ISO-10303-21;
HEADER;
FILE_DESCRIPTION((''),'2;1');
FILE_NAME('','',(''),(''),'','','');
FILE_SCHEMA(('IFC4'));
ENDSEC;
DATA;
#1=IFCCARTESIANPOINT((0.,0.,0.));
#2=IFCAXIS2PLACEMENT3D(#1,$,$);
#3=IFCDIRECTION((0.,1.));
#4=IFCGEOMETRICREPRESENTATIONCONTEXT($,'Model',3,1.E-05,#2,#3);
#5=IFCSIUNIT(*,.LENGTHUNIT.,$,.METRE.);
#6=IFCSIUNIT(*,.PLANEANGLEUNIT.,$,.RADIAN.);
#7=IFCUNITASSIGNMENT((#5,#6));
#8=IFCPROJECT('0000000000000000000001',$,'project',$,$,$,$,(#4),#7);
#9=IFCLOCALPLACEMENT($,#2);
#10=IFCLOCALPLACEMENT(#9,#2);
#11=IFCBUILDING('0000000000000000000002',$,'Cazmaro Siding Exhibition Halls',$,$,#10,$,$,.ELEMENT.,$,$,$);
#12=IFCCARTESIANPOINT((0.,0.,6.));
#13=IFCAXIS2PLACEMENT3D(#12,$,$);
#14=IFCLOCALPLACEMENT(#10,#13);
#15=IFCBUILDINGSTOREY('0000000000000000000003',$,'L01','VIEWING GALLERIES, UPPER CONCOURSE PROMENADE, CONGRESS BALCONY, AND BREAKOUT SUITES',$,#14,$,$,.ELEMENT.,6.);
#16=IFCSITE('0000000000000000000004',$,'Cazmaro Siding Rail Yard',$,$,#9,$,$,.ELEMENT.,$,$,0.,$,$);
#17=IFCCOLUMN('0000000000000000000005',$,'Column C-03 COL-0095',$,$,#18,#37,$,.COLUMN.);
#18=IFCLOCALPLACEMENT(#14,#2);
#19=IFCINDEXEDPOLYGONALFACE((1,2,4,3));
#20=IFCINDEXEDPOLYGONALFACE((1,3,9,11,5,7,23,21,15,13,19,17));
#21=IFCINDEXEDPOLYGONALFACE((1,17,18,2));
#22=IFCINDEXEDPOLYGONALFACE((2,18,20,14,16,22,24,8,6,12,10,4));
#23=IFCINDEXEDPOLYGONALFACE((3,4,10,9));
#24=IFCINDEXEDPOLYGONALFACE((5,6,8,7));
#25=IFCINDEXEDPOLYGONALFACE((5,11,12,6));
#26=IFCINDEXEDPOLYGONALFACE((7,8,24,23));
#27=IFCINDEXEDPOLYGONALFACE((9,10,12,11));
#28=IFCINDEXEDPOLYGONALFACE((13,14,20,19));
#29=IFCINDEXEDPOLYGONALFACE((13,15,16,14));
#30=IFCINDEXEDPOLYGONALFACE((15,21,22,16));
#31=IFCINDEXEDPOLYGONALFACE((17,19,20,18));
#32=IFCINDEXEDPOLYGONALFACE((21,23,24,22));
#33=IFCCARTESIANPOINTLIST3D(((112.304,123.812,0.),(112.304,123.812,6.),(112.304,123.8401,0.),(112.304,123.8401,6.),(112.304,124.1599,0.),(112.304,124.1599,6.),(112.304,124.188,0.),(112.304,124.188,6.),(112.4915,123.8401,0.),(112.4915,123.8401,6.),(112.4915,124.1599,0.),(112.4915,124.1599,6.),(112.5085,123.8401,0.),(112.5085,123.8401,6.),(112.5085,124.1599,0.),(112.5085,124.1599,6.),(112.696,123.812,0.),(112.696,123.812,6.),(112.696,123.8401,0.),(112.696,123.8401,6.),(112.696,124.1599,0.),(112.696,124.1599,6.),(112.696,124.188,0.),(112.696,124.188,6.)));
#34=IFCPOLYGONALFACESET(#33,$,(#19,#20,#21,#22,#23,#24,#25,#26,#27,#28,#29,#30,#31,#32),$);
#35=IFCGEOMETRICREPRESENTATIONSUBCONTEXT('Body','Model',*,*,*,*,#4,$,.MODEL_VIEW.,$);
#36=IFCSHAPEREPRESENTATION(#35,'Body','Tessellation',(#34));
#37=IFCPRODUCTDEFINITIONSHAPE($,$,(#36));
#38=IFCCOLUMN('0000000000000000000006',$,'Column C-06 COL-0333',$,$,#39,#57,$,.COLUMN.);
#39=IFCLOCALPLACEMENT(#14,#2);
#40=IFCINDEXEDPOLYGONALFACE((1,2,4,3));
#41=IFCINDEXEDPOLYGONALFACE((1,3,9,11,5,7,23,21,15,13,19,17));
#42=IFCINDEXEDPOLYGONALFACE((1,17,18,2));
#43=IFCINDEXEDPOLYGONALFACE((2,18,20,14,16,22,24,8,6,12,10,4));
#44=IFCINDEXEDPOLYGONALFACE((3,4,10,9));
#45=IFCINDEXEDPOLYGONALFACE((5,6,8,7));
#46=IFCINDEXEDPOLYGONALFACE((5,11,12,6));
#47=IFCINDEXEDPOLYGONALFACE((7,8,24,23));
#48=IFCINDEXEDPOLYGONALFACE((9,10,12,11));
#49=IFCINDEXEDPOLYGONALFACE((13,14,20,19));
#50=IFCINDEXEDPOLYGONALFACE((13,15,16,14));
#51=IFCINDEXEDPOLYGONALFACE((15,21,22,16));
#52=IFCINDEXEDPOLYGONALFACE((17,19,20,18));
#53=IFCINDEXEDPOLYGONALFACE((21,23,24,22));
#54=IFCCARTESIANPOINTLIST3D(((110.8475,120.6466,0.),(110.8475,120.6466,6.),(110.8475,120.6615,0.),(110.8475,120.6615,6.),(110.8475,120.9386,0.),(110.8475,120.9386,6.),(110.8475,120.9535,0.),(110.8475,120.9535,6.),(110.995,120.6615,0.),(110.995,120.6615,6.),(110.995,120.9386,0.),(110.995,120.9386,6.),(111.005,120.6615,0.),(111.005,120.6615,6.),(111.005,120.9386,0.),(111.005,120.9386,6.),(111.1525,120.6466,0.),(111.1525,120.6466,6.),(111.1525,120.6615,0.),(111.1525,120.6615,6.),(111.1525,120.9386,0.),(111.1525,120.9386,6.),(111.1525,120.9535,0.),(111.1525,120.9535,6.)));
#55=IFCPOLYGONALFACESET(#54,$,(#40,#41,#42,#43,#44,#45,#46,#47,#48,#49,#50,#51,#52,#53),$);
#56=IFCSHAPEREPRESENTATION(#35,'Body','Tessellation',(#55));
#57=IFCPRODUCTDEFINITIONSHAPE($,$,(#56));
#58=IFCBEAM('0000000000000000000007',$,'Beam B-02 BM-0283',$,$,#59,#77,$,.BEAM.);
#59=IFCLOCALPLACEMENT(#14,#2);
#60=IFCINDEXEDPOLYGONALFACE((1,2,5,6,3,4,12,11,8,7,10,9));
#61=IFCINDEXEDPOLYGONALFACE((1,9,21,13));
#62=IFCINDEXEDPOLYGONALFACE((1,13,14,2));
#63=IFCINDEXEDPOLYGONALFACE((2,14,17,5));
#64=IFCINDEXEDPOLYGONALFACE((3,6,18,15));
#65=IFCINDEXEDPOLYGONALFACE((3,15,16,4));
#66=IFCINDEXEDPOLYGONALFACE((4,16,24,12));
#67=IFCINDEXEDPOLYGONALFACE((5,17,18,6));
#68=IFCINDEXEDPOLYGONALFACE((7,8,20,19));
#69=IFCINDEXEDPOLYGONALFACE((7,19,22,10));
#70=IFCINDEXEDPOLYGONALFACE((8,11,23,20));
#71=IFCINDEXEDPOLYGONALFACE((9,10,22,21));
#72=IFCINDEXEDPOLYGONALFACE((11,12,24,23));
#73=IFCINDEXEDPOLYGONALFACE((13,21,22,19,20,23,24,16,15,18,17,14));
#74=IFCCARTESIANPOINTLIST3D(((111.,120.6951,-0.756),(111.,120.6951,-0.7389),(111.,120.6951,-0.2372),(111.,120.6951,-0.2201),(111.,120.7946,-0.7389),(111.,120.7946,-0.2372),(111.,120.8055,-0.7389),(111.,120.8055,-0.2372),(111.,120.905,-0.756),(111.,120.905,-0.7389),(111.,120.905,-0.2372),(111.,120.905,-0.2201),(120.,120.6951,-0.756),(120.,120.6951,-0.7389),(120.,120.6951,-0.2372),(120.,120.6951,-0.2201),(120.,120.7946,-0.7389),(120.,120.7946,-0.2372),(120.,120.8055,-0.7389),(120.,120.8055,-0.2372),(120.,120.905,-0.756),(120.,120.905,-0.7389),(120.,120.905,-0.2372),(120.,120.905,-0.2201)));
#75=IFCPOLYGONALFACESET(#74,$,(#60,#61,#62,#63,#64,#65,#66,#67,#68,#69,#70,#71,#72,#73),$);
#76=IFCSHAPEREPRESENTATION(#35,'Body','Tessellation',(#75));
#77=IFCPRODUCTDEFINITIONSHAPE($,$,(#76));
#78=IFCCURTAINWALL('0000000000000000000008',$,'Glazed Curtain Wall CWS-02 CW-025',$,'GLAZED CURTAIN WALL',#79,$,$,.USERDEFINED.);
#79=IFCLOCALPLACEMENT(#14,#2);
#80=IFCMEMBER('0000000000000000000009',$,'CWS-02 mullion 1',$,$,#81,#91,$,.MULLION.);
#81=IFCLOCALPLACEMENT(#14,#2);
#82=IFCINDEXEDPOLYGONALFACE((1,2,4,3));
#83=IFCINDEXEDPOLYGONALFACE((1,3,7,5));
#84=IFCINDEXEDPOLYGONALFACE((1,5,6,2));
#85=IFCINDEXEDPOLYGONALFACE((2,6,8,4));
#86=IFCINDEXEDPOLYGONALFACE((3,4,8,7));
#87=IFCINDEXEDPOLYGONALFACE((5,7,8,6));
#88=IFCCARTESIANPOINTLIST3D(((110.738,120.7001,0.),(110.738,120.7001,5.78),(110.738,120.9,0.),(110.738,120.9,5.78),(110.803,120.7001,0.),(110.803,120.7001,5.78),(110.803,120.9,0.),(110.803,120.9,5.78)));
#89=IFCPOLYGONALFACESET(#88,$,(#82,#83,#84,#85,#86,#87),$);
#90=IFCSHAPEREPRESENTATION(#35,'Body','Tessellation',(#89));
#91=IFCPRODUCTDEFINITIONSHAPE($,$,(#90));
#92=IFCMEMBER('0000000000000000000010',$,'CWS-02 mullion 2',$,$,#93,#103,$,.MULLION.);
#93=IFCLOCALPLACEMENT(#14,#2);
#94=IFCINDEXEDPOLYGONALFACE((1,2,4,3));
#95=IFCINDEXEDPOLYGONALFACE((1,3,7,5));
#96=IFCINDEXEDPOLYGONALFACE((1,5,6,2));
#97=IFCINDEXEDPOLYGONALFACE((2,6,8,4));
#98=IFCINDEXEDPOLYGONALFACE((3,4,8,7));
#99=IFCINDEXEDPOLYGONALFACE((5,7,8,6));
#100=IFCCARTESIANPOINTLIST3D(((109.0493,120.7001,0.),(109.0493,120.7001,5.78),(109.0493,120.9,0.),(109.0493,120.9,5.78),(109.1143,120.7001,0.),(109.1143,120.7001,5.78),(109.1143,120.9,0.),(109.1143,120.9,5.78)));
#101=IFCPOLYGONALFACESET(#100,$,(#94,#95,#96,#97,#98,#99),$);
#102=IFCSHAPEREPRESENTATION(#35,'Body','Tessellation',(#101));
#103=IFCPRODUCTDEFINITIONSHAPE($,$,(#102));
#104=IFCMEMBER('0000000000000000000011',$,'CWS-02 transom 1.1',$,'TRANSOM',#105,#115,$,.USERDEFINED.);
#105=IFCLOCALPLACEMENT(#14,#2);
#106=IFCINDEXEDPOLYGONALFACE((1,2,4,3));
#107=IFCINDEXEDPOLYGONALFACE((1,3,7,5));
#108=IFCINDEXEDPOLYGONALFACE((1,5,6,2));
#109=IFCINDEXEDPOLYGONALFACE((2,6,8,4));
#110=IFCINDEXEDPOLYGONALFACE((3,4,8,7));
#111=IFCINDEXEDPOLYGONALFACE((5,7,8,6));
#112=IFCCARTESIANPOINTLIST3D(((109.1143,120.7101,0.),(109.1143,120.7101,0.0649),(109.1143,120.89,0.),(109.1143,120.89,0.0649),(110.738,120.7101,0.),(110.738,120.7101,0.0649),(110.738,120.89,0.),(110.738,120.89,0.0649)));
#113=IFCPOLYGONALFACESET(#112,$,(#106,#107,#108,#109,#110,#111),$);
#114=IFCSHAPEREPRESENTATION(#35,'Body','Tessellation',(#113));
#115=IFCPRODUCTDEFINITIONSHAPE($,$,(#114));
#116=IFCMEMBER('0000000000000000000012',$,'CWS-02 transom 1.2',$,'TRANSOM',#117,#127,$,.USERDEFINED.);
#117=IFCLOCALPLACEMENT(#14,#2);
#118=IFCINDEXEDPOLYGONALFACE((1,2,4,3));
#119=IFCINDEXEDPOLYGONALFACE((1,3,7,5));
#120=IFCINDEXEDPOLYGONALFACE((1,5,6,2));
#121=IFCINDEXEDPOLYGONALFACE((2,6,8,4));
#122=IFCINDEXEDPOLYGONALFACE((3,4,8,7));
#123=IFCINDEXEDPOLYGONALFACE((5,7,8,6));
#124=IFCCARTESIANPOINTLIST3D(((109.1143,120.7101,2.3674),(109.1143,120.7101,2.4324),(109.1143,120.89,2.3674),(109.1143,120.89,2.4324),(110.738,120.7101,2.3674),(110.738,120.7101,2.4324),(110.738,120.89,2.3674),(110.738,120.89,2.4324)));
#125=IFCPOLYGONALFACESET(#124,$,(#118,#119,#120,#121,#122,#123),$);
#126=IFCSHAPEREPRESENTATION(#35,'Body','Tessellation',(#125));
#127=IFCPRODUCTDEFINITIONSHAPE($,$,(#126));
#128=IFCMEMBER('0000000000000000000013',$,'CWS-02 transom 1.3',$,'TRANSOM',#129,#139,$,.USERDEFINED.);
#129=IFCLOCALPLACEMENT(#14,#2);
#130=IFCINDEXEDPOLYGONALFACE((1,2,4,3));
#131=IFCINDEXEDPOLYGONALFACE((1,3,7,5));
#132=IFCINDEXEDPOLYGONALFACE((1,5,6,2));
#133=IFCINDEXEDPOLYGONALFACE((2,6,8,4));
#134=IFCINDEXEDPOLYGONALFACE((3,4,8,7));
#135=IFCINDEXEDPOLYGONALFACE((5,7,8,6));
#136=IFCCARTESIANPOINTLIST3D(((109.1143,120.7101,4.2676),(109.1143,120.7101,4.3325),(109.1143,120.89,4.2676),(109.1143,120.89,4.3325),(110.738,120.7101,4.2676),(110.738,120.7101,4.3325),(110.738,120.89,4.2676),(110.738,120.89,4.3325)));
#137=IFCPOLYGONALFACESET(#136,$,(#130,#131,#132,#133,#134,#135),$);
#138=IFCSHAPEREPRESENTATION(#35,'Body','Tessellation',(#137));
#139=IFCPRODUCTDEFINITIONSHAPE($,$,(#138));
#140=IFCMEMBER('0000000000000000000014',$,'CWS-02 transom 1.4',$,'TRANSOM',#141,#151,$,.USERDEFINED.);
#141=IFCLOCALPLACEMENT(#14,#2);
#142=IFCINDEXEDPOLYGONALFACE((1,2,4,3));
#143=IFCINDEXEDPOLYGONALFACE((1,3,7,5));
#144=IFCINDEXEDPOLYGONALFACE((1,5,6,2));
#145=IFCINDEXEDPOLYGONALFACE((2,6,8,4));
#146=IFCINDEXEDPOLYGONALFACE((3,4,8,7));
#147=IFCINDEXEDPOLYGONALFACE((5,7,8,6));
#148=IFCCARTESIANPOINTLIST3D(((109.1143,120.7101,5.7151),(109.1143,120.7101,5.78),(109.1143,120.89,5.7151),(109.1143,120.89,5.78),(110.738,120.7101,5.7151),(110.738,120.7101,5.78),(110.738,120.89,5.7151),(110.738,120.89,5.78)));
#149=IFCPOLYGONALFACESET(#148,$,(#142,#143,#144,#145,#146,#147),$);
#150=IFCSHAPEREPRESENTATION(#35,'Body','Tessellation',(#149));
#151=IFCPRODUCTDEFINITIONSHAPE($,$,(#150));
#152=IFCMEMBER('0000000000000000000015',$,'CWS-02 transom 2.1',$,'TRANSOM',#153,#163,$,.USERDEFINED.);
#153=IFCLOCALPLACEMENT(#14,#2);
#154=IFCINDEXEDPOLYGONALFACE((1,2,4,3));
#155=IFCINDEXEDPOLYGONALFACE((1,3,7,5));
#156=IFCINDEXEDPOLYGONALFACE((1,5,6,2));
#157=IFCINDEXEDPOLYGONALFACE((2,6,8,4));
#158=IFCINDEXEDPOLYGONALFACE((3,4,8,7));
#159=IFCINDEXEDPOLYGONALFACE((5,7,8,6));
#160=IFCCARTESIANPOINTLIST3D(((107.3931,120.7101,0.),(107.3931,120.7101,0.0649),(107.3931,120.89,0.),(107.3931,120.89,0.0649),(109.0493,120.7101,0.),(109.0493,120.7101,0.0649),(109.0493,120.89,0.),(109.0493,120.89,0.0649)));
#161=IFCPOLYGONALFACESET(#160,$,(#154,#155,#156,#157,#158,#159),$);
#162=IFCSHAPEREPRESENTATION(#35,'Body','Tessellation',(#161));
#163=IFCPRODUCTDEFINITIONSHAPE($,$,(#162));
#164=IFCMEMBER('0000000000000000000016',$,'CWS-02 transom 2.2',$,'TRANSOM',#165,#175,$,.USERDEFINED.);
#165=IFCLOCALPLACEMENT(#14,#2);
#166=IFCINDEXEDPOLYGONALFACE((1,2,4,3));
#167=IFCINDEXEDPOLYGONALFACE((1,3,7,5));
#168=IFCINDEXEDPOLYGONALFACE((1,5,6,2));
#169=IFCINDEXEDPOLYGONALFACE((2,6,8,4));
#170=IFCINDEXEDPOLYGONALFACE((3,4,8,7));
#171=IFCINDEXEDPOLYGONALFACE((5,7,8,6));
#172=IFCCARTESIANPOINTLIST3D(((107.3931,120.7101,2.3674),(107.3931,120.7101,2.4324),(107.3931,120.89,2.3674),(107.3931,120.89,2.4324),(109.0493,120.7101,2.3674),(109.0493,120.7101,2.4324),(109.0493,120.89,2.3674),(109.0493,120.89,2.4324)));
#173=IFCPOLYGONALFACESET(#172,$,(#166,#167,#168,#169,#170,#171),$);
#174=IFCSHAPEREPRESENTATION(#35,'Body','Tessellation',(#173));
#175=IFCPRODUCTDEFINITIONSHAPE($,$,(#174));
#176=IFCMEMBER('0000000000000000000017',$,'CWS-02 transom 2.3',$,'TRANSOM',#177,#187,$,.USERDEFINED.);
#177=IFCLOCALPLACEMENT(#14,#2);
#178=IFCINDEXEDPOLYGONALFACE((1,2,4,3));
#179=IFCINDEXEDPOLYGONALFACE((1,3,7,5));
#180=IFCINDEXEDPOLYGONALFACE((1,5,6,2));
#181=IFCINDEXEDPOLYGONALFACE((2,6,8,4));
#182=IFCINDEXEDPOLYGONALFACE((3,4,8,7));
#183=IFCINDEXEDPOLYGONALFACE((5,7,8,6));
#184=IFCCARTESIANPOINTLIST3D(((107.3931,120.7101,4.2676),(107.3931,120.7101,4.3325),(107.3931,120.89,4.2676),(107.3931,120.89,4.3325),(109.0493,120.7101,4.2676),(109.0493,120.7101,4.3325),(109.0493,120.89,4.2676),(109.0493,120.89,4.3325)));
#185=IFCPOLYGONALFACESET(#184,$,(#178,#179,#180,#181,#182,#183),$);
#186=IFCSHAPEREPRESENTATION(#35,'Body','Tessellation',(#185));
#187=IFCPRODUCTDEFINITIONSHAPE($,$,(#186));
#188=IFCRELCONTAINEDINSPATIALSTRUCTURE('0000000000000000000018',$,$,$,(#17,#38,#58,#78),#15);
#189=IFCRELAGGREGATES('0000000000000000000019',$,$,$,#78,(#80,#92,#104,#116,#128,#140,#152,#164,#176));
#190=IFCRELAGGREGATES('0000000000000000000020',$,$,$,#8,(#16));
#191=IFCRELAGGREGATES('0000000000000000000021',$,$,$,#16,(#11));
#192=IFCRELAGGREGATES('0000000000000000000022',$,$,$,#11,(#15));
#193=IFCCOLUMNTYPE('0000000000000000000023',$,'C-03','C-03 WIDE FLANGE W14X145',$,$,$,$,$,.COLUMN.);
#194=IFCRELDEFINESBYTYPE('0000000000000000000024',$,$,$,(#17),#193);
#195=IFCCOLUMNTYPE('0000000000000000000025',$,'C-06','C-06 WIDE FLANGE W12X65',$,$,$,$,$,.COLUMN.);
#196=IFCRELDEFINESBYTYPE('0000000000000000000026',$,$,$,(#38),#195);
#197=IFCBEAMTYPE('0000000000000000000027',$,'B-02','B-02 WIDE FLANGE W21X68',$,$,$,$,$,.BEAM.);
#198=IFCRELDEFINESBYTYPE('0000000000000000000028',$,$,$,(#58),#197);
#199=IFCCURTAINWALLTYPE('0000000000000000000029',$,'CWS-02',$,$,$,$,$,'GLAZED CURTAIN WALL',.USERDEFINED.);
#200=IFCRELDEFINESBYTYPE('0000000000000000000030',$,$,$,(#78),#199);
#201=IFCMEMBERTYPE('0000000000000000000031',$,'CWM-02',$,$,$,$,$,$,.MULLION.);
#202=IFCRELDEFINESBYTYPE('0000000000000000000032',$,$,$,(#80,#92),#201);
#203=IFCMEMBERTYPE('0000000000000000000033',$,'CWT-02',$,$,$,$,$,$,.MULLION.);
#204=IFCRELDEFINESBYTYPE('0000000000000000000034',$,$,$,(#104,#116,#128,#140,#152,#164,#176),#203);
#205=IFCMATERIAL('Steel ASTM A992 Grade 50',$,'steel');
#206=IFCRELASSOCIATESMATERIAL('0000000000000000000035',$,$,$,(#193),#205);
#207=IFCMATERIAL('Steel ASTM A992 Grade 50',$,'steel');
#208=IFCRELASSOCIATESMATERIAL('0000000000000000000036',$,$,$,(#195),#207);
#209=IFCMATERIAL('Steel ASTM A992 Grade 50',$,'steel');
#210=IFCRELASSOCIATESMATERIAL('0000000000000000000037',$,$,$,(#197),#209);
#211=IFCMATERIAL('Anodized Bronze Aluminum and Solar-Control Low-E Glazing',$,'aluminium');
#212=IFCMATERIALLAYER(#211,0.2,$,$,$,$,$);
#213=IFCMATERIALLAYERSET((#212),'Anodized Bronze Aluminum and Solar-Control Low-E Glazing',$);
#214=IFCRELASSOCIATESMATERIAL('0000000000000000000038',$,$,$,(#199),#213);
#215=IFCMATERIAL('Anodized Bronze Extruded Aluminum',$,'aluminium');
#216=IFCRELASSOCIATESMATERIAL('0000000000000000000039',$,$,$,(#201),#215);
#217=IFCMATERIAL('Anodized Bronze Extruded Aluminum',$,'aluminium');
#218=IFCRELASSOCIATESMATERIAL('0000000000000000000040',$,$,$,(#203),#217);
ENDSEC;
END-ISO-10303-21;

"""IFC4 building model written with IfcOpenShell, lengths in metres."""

from ifc_helpers import new_model, si_unit, direction, frame, origin, origin_2d, place, context, subcontext, project, spatial, rectangle, i_section, extrude, material, layer, layer_set, material_profile, profile_set, type_object, element, aggregate, save


model = new_model("IFC4")

# Units and contexts
model_context = context("Model", 3, precision=1e-05, world=origin(), true_north=direction((0.0, 1.0)))
body_context = subcontext(model_context, "Body", "Model", "MODEL_VIEW")
ifc_project = project(units=[si_unit("LENGTHUNIT", "METRE"), si_unit("PLANEANGLEUNIT", "RADIAN")], contexts=[model_context])

# Site, building, storey
site_placement = place(None, origin())
site = spatial("IfcSite", under=ifc_project, at=site_placement, Name="Cazmaro Siding Rail Yard", CompositionType="ELEMENT", RefElevation=0.0)
building_placement = place(site_placement, origin())
building = spatial("IfcBuilding", under=site, at=building_placement, Name="Cazmaro Siding Exhibition Halls", CompositionType="ELEMENT")
storey_placement = place(building_placement, frame((0.0, 0.0, 6.0)))
storey = spatial("IfcBuildingStorey", under=building, at=storey_placement, Name="L01", Description="VIEWING GALLERIES, UPPER CONCOURSE PROMENADE, CONGRESS BALCONY, AND BREAKOUT SUITES", CompositionType="ELEMENT", Elevation=6.0)

# Columns
ifc_material_1 = material(Name="Steel ASTM A992 Grade 50", Category="steel")
ifc_material_profile_1 = material_profile(ifc_material_1, i_section(OverallWidth=0.3921, OverallDepth=0.376, WebThickness=0.0171, FlangeThickness=0.0281, at=origin_2d()), Name="W14X145")
ifc_profile_set_1 = profile_set([ifc_material_profile_1], Name="Steel ASTM A992 Grade 50")
column_type_1 = type_object("IfcColumnType", Name="C-03", Description="C-03 WIDE FLANGE W14X145", PredefinedType="COLUMN", material=ifc_profile_set_1)
column_1_placement = place(storey_placement, frame((112.5, 124.0, 0.0), z_axis=(0.0, 0.0, 1.0), x_axis=(1.0, 0.0, 0.0)))
element("IfcColumn", 1, at=column_1_placement, inside=storey, type_object=column_type_1, Name="Column C-03 COL-0095", PredefinedType="COLUMN", context=body_context, shape_type="SweptSolid", body=[
    extrude(i_section(OverallWidth=0.3921, OverallDepth=0.376, WebThickness=0.0171, FlangeThickness=0.0281, at=origin_2d()), origin(), (0.0, 0.0, 1.0), 6.0),
])
ifc_material_2 = material(Name="Steel ASTM A992 Grade 50", Category="steel")
ifc_material_profile_2 = material_profile(ifc_material_2, i_section(OverallWidth=0.3049, OverallDepth=0.3069, WebThickness=0.01, FlangeThickness=0.0149, at=origin_2d()), Name="W12X65")
ifc_profile_set_2 = profile_set([ifc_material_profile_2], Name="Steel ASTM A992 Grade 50")
column_type_2 = type_object("IfcColumnType", Name="C-06", Description="C-06 WIDE FLANGE W12X65", PredefinedType="COLUMN", material=ifc_profile_set_2)
column_2_placement = place(storey_placement, frame((111.0, 120.8, 0.0), z_axis=(0.0, 0.0, 1.0), x_axis=(1.0, 0.0, 0.0)))
element("IfcColumn", 2, at=column_2_placement, inside=storey, type_object=column_type_2, Name="Column C-06 COL-0333", PredefinedType="COLUMN", context=body_context, shape_type="SweptSolid", body=[
    extrude(i_section(OverallWidth=0.3049, OverallDepth=0.3069, WebThickness=0.01, FlangeThickness=0.0149, at=origin_2d()), origin(), (0.0, 0.0, 1.0), 6.0),
])

# Beam
ifc_material_3 = material(Name="Steel ASTM A992 Grade 50", Category="steel")
ifc_material_profile_3 = material_profile(ifc_material_3, i_section(OverallWidth=0.21, OverallDepth=0.5359, WebThickness=0.011, FlangeThickness=0.0171, at=origin_2d()), Name="W21X68")
ifc_profile_set_3 = profile_set([ifc_material_profile_3], Name="Steel ASTM A992 Grade 50")
beam_type_1 = type_object("IfcBeamType", Name="B-02", Description="B-02 WIDE FLANGE W21X68", PredefinedType="BEAM", material=ifc_profile_set_3)
beam_placement = place(storey_placement, frame((111.0, 120.8, -0.488), z_axis=(1.0, 0.0, 0.0), x_axis=(0.0, 1.0, 0.0)))
element("IfcBeam", 3, at=beam_placement, inside=storey, type_object=beam_type_1, Name="Beam B-02 BM-0283", PredefinedType="BEAM", context=body_context, shape_type="SweptSolid", body=[
    extrude(i_section(OverallWidth=0.21, OverallDepth=0.5359, WebThickness=0.011, FlangeThickness=0.0171, at=origin_2d()), origin(), (0.0, 0.0, 1.0), 9.0),
])

# Curtain wall, members
ifc_material_4 = material(Name="Anodized Bronze Aluminum and Solar-Control Low-E Glazing", Category="aluminium")
ifc_layer_1 = layer(ifc_material_4, 0.2)
ifc_layer_set_1 = layer_set([ifc_layer_1], Name="Anodized Bronze Aluminum and Solar-Control Low-E Glazing")
curtain_wall_type = type_object("IfcCurtainWallType", Name="CWS-02", ElementType="GLAZED CURTAIN WALL", PredefinedType="USERDEFINED", material=ifc_layer_set_1)
curtain_wall_placement = place(storey_placement, origin())
curtain_wall = element("IfcCurtainWall", 4, at=curtain_wall_placement, inside=storey, type_object=curtain_wall_type, Name="Glazed Curtain Wall CWS-02 CW-025", ObjectType="GLAZED CURTAIN WALL", PredefinedType="USERDEFINED")
ifc_material_5 = material(Name="Anodized Bronze Extruded Aluminum", Category="aluminium")
ifc_material_profile_4 = material_profile(ifc_material_5, rectangle(XDim=0.2, YDim=0.0649, at=origin_2d()), Name="CWM-02")
ifc_profile_set_4 = profile_set([ifc_material_profile_4], Name="Anodized Bronze Extruded Aluminum")
member_type_1 = type_object("IfcMemberType", Name="CWM-02", PredefinedType="MULLION", material=ifc_profile_set_4)
member_1_placement = place(storey_placement, frame((110.7705, 120.8, 0.0), z_axis=(0.0, 0.0, 1.0), x_axis=(0.0, -1.0, 0.0)))
member_1 = element("IfcMember", 5, at=member_1_placement, type_object=member_type_1, Name="CWS-02 mullion 1", PredefinedType="MULLION", context=body_context, shape_type="SweptSolid", body=[
    extrude(rectangle(XDim=0.2, YDim=0.0649, at=origin_2d()), origin(), (0.0, 0.0, 1.0), 5.78),
])
member_2_placement = place(storey_placement, frame((109.0818, 120.8, 0.0), z_axis=(0.0, 0.0, 1.0), x_axis=(0.0, -1.0, 0.0)))
member_2 = element("IfcMember", 6, at=member_2_placement, type_object=member_type_1, Name="CWS-02 mullion 2", PredefinedType="MULLION", context=body_context, shape_type="SweptSolid", body=[
    extrude(rectangle(XDim=0.2, YDim=0.0649, at=origin_2d()), origin(), (0.0, 0.0, 1.0), 5.78),
])
ifc_material_6 = material(Name="Anodized Bronze Extruded Aluminum", Category="aluminium")
ifc_material_profile_5 = material_profile(ifc_material_6, rectangle(XDim=0.1799, YDim=0.0649, at=origin_2d()), Name="CWT-02")
ifc_profile_set_5 = profile_set([ifc_material_profile_5], Name="Anodized Bronze Extruded Aluminum")
member_type_2 = type_object("IfcMemberType", Name="CWT-02", PredefinedType="MULLION", material=ifc_profile_set_5)
member_3_placement = place(storey_placement, frame((110.738, 120.8, 0.0325), z_axis=(-1.0, 0.0, 0.0), x_axis=(0.0, -1.0, 0.0)))
member_3 = element("IfcMember", 7, at=member_3_placement, type_object=member_type_2, Name="CWS-02 transom 1.1", ObjectType="TRANSOM", PredefinedType="USERDEFINED", context=body_context, shape_type="SweptSolid", body=[
    extrude(rectangle(XDim=0.1799, YDim=0.0649, at=origin_2d()), origin(), (0.0, 0.0, 1.0), 1.6238),
])
member_4_placement = place(storey_placement, frame((110.738, 120.8, 2.3999), z_axis=(-1.0, 0.0, 0.0), x_axis=(0.0, -1.0, 0.0)))
member_4 = element("IfcMember", 8, at=member_4_placement, type_object=member_type_2, Name="CWS-02 transom 1.2", ObjectType="TRANSOM", PredefinedType="USERDEFINED", context=body_context, shape_type="SweptSolid", body=[
    extrude(rectangle(XDim=0.1799, YDim=0.0649, at=origin_2d()), origin(), (0.0, 0.0, 1.0), 1.6238),
])
member_5_placement = place(storey_placement, frame((110.738, 120.8, 4.3), z_axis=(-1.0, 0.0, 0.0), x_axis=(0.0, -1.0, 0.0)))
member_5 = element("IfcMember", 9, at=member_5_placement, type_object=member_type_2, Name="CWS-02 transom 1.3", ObjectType="TRANSOM", PredefinedType="USERDEFINED", context=body_context, shape_type="SweptSolid", body=[
    extrude(rectangle(XDim=0.1799, YDim=0.0649, at=origin_2d()), origin(), (0.0, 0.0, 1.0), 1.6238),
])
member_6_placement = place(storey_placement, frame((110.738, 120.8, 5.7476), z_axis=(-1.0, 0.0, 0.0), x_axis=(0.0, -1.0, 0.0)))
member_6 = element("IfcMember", 10, at=member_6_placement, type_object=member_type_2, Name="CWS-02 transom 1.4", ObjectType="TRANSOM", PredefinedType="USERDEFINED", context=body_context, shape_type="SweptSolid", body=[
    extrude(rectangle(XDim=0.1799, YDim=0.0649, at=origin_2d()), origin(), (0.0, 0.0, 1.0), 1.6238),
])
member_7_placement = place(storey_placement, frame((109.0493, 120.8, 0.0325), z_axis=(-1.0, 0.0, 0.0), x_axis=(0.0, -1.0, 0.0)))
member_7 = element("IfcMember", 11, at=member_7_placement, type_object=member_type_2, Name="CWS-02 transom 2.1", ObjectType="TRANSOM", PredefinedType="USERDEFINED", context=body_context, shape_type="SweptSolid", body=[
    extrude(rectangle(XDim=0.1799, YDim=0.0649, at=origin_2d()), origin(), (0.0, 0.0, 1.0), 1.6562),
])
member_8_placement = place(storey_placement, frame((109.0493, 120.8, 2.3999), z_axis=(-1.0, 0.0, 0.0), x_axis=(0.0, -1.0, 0.0)))
member_8 = element("IfcMember", 12, at=member_8_placement, type_object=member_type_2, Name="CWS-02 transom 2.2", ObjectType="TRANSOM", PredefinedType="USERDEFINED", context=body_context, shape_type="SweptSolid", body=[
    extrude(rectangle(XDim=0.1799, YDim=0.0649, at=origin_2d()), origin(), (0.0, 0.0, 1.0), 1.6562),
])
member_9_placement = place(storey_placement, frame((109.0493, 120.8, 4.3), z_axis=(-1.0, 0.0, 0.0), x_axis=(0.0, -1.0, 0.0)))
member_9 = element("IfcMember", 13, at=member_9_placement, type_object=member_type_2, Name="CWS-02 transom 2.3", ObjectType="TRANSOM", PredefinedType="USERDEFINED", context=body_context, shape_type="SweptSolid", body=[
    extrude(rectangle(XDim=0.1799, YDim=0.0649, at=origin_2d()), origin(), (0.0, 0.0, 1.0), 1.6562),
])

aggregate(curtain_wall, [member_1, member_2, member_3, member_4, member_5, member_6, member_7, member_8, member_9])

save(model, "model.ifc")
